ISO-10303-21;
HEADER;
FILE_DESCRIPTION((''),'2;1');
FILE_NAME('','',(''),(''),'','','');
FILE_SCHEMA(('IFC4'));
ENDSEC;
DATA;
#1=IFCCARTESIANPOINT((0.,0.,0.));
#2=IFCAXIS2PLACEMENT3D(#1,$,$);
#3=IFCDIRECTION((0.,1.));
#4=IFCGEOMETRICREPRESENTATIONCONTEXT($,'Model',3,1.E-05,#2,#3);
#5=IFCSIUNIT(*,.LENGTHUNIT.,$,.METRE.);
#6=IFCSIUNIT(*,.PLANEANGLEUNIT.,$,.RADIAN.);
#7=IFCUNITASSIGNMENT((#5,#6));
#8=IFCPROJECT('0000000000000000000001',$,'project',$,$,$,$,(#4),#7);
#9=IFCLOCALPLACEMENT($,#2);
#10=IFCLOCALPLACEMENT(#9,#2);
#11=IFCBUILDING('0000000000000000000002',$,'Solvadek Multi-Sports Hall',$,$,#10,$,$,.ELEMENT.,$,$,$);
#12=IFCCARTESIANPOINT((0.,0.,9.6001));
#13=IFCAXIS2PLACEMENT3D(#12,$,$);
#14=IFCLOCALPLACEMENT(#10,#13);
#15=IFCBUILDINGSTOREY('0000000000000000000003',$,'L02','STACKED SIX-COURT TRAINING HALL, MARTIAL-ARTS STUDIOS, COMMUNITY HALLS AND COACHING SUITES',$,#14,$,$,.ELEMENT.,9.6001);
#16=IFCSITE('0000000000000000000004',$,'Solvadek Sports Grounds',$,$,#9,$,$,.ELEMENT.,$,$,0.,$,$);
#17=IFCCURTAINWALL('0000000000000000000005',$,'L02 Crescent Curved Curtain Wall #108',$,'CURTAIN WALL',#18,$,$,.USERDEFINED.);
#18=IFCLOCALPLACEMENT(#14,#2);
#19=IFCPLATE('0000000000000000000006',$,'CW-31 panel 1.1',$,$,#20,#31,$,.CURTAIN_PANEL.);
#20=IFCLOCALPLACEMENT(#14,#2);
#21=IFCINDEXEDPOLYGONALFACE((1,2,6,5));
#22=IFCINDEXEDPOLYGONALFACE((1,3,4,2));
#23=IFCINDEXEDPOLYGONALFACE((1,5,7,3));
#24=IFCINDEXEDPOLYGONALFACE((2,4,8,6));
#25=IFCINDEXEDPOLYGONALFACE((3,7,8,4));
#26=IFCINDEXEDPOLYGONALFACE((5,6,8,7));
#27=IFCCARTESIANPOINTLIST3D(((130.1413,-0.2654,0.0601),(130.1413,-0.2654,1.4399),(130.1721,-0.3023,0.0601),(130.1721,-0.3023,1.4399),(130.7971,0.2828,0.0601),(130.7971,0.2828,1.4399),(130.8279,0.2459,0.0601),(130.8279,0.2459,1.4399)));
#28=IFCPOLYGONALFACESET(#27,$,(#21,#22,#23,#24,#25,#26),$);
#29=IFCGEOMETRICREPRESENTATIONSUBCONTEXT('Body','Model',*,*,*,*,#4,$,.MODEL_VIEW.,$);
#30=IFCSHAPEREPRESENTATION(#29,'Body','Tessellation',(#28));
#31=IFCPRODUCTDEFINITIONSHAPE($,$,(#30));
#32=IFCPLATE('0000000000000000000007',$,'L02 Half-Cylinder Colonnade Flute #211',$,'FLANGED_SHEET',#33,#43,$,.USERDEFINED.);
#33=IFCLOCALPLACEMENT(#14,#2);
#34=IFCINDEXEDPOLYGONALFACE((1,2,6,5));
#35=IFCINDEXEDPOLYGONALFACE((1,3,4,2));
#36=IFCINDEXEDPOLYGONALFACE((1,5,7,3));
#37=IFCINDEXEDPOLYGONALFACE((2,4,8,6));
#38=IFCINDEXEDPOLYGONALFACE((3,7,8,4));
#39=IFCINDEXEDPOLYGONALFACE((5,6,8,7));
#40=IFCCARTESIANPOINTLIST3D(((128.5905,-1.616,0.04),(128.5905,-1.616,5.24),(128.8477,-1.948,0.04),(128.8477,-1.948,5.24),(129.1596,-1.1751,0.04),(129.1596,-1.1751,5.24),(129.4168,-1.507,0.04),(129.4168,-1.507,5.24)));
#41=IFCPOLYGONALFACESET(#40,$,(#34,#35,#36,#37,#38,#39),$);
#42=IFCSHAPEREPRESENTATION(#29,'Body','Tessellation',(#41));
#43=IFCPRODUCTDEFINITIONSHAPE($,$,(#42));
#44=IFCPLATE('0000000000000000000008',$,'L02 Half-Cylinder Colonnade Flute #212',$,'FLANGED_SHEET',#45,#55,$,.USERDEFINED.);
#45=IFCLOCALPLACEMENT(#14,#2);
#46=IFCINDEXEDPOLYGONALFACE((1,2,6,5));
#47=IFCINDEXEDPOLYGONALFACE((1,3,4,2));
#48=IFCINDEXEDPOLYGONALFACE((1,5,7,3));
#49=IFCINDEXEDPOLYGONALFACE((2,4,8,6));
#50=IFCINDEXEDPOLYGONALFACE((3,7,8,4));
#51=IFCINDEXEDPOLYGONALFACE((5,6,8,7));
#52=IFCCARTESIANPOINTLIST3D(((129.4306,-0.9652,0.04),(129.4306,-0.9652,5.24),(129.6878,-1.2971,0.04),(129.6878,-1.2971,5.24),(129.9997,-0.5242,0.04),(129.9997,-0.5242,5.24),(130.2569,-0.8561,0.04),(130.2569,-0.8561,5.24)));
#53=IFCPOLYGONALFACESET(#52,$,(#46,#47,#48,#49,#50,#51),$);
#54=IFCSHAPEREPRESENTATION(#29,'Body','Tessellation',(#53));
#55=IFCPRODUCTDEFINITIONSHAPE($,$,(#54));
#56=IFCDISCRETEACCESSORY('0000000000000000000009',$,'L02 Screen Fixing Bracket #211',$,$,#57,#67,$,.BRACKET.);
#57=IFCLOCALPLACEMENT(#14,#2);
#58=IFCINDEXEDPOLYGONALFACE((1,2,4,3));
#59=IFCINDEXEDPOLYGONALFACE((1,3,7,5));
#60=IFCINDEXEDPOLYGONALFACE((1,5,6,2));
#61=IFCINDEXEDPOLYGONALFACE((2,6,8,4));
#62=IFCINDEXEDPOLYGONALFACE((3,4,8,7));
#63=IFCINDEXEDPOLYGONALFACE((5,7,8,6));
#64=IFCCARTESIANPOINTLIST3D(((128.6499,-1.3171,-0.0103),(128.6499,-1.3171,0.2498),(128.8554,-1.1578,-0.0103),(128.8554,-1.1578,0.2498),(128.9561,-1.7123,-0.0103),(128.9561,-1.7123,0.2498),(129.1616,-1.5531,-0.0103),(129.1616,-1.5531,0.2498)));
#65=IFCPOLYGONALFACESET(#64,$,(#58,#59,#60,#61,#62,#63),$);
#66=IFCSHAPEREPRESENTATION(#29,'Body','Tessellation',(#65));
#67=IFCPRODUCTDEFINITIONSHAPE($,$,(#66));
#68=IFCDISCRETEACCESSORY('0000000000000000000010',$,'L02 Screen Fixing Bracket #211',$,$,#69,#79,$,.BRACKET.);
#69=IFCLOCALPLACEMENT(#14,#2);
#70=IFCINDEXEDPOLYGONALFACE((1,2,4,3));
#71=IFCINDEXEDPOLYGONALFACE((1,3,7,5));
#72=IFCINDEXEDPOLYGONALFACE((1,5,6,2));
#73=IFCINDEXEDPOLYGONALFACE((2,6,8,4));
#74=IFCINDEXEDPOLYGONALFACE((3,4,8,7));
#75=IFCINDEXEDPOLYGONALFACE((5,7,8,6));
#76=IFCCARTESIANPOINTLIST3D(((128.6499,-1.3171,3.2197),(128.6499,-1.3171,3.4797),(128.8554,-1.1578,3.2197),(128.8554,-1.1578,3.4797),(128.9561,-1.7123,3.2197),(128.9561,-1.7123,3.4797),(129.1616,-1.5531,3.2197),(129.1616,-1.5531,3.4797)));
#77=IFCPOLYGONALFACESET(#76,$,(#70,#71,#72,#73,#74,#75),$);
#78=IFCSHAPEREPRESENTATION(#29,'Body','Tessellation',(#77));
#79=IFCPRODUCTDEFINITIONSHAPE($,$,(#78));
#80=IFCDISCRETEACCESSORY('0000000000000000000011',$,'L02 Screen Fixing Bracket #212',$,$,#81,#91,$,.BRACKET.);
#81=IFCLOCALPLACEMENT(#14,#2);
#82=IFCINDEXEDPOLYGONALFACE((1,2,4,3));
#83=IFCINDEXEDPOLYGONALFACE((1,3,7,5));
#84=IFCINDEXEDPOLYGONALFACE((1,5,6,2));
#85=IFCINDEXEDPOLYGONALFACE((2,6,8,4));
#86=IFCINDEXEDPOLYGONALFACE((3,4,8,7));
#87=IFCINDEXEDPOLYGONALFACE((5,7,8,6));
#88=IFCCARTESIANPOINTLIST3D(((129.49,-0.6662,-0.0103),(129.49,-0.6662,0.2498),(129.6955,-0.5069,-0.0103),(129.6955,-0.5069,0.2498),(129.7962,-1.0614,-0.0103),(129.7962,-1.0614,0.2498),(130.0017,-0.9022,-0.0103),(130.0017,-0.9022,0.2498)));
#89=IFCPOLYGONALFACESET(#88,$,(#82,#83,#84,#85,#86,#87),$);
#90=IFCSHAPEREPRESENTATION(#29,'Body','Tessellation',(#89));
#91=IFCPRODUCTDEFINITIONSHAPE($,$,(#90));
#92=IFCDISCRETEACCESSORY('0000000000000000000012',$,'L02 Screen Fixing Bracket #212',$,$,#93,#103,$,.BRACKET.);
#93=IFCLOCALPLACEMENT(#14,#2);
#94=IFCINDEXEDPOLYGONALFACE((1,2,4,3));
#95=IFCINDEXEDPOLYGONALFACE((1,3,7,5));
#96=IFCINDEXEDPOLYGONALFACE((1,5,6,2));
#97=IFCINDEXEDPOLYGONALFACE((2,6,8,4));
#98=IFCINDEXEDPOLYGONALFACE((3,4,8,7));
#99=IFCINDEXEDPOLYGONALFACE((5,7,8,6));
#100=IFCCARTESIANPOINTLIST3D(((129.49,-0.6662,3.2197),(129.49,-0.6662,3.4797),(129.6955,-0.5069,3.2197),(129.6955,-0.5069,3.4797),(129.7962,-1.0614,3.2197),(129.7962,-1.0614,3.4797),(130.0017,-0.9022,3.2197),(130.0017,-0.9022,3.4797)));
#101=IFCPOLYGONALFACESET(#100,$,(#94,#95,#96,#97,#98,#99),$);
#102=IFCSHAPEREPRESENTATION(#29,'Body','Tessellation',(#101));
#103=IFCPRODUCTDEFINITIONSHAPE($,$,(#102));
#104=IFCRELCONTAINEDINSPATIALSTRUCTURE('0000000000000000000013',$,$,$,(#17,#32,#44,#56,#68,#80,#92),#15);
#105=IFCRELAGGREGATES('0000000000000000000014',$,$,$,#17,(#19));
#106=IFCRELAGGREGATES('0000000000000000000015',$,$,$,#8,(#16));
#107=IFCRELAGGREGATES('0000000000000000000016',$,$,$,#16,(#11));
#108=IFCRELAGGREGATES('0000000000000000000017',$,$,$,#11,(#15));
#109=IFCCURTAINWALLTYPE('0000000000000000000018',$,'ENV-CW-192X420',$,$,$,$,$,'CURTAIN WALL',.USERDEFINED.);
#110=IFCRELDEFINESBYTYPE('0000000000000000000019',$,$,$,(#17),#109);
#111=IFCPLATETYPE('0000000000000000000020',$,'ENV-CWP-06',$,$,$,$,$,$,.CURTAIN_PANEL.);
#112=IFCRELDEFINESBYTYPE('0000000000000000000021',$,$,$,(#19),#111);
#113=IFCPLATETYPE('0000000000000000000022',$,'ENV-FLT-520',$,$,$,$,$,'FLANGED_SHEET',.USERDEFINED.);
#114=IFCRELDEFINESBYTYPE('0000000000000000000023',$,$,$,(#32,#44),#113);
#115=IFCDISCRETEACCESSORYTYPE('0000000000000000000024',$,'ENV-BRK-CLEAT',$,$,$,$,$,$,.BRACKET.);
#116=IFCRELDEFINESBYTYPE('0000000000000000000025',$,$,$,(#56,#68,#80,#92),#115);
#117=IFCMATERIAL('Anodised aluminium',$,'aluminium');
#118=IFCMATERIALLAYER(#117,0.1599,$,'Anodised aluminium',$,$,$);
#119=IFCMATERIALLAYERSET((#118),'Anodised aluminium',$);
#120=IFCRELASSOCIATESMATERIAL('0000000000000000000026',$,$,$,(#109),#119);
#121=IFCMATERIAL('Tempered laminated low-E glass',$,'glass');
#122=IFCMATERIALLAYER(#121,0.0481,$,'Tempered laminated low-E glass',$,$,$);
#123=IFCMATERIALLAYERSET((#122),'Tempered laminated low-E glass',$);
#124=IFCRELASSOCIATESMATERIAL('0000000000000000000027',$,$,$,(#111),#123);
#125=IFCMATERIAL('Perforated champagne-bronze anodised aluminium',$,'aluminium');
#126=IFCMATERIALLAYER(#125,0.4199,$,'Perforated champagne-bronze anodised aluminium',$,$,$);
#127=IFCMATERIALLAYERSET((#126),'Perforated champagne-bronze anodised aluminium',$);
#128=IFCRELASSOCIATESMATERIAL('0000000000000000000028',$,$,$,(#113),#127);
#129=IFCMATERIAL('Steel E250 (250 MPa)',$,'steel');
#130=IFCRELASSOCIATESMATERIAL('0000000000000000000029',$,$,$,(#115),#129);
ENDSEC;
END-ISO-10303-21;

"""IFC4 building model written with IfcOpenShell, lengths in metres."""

from ifc_helpers import new_model, si_unit, direction, frame, origin, origin_2d, place, context, subcontext, project, spatial, rectangle, extrude, material, layer, layer_set, type_object, element, aggregate, save


model = new_model("IFC4")

# Units and contexts
model_context = context("Model", 3, precision=1e-05, world=origin(), true_north=direction((0.0, 1.0)))
body_context = subcontext(model_context, "Body", "Model", "MODEL_VIEW")
ifc_project = project(units=[si_unit("LENGTHUNIT", "METRE"), si_unit("PLANEANGLEUNIT", "RADIAN")], contexts=[model_context])

# Site, building, storey
site_placement = place(None, origin())
site = spatial("IfcSite", under=ifc_project, at=site_placement, Name="Solvadek Sports Grounds", CompositionType="ELEMENT", RefElevation=0.0)
building_placement = place(site_placement, origin())
building = spatial("IfcBuilding", under=site, at=building_placement, Name="Solvadek Multi-Sports Hall", CompositionType="ELEMENT")
storey_placement = place(building_placement, frame((0.0, 0.0, 9.6001)))
storey = spatial("IfcBuildingStorey", under=building, at=storey_placement, Name="L02", Description="STACKED SIX-COURT TRAINING HALL, MARTIAL-ARTS STUDIOS, COMMUNITY HALLS AND COACHING SUITES", CompositionType="ELEMENT", Elevation=9.6001)

# Shared definitions
ifc_material_1 = material(Name="Anodised aluminium", Category="aluminium")

# Curtain wall
ifc_layer_1 = layer(ifc_material_1, 0.1599, Name="Anodised aluminium")
ifc_layer_set_1 = layer_set([ifc_layer_1], Name="Anodised aluminium")
curtain_wall_type_1 = type_object("IfcCurtainWallType", Name="ENV-CW-192X420", ElementType="CURTAIN WALL", PredefinedType="USERDEFINED", material=ifc_layer_set_1)
curtain_wall_1_placement = place(storey_placement, origin())
curtain_wall_1 = element("IfcCurtainWall", 1, at=curtain_wall_1_placement, inside=storey, type_object=curtain_wall_type_1, Name="L02 Crescent Curved Curtain Wall #108", ObjectType="CURTAIN WALL", PredefinedType="USERDEFINED")

# Plate
ifc_material_2 = material(Name="Tempered laminated low-E glass", Category="glass")
ifc_layer_2 = layer(ifc_material_2, 0.0481, Name="Tempered laminated low-E glass")
ifc_layer_set_2 = layer_set([ifc_layer_2], Name="Tempered laminated low-E glass")
plate_type_1 = type_object("IfcPlateType", Name="ENV-CWP-06", PredefinedType="CURTAIN_PANEL", material=ifc_layer_set_2)
plate_1_placement = place(storey_placement, frame((130.4846, -0.0098, 0.0601), z_axis=(0.0, 0.0, 1.0), x_axis=(0.767251, 0.641347, 0.0)))
plate_1 = element("IfcPlate", 2, at=plate_1_placement, type_object=plate_type_1, Name="CW-31 panel 1.1", PredefinedType="CURTAIN_PANEL", context=body_context, shape_type="SweptSolid", body=[
    extrude(rectangle(XDim=0.8547, YDim=0.0481, at=origin_2d()), origin(), (0.0, 0.0, 1.0), 1.3799),
])
aggregate(curtain_wall_1, [plate_1])

# Plates
ifc_material_3 = material(Name="Perforated champagne-bronze anodised aluminium", Category="aluminium")
ifc_layer_3 = layer(ifc_material_3, 0.4199, Name="Perforated champagne-bronze anodised aluminium")
ifc_layer_set_3 = layer_set([ifc_layer_3], Name="Perforated champagne-bronze anodised aluminium")
plate_type_2 = type_object("IfcPlateType", Name="ENV-FLT-520", ElementType="FLANGED_SHEET", PredefinedType="USERDEFINED", material=ifc_layer_set_3)
for number, where, z_axis, x_axis, name in (
    (3, (129.0037, -1.5615, 0.04), (0.0, 0.0, 1.0), (0.790483, 0.612483, 0.0), "L02 Half-Cylinder Colonnade Flute #211"),
    (4, (129.8438, -0.9106, 0.04), (0.0, 0.0, 1.0), (0.790483, 0.612483, 0.0), "L02 Half-Cylinder Colonnade Flute #212"),
):
    element("IfcPlate", number, at=place(storey_placement, frame(where, z_axis=z_axis, x_axis=x_axis)), inside=storey, type_object=plate_type_2, Name=name, ObjectType="FLANGED_SHEET", PredefinedType="USERDEFINED", context=body_context, shape_type="SweptSolid", body=[
        extrude(rectangle(XDim=0.72, YDim=0.4199, at=origin_2d()), origin(), (0.0, 0.0, 1.0), 5.2),
    ])

# Discrete accessories
ifc_material_4 = material(Name="Steel E250 (250 MPa)", Category="steel")
discrete_accessory_type = type_object("IfcDiscreteAccessoryType", Name="ENV-BRK-CLEAT", PredefinedType="BRACKET", material=ifc_material_4)
for number, where, z_axis, x_axis, name in (
    (5, (128.9058, -1.4351, -0.0103), (0.0, 0.0, 1.0), (0.790483, 0.612483, 0.0), "L02 Screen Fixing Bracket #211"),
    (6, (128.9058, -1.4351, 3.2197), (0.0, 0.0, 1.0), (0.790483, 0.612483, 0.0), "L02 Screen Fixing Bracket #211"),
    (7, (129.7458, -0.7842, -0.0103), (0.0, 0.0, 1.0), (0.790483, 0.612483, 0.0), "L02 Screen Fixing Bracket #212"),
    (8, (129.7458, -0.7842, 3.2197), (0.0, 0.0, 1.0), (0.790483, 0.612483, 0.0), "L02 Screen Fixing Bracket #212"),
):
    element("IfcDiscreteAccessory", number, at=place(storey_placement, frame(where, z_axis=z_axis, x_axis=x_axis)), inside=storey, type_object=discrete_accessory_type, Name=name, PredefinedType="BRACKET", context=body_context, shape_type="SweptSolid", body=[
        extrude(rectangle(XDim=0.26, YDim=0.5, at=origin_2d()), origin(), (0.0, 0.0, 1.0), 0.26),
    ])

save(model, "model.ifc")
